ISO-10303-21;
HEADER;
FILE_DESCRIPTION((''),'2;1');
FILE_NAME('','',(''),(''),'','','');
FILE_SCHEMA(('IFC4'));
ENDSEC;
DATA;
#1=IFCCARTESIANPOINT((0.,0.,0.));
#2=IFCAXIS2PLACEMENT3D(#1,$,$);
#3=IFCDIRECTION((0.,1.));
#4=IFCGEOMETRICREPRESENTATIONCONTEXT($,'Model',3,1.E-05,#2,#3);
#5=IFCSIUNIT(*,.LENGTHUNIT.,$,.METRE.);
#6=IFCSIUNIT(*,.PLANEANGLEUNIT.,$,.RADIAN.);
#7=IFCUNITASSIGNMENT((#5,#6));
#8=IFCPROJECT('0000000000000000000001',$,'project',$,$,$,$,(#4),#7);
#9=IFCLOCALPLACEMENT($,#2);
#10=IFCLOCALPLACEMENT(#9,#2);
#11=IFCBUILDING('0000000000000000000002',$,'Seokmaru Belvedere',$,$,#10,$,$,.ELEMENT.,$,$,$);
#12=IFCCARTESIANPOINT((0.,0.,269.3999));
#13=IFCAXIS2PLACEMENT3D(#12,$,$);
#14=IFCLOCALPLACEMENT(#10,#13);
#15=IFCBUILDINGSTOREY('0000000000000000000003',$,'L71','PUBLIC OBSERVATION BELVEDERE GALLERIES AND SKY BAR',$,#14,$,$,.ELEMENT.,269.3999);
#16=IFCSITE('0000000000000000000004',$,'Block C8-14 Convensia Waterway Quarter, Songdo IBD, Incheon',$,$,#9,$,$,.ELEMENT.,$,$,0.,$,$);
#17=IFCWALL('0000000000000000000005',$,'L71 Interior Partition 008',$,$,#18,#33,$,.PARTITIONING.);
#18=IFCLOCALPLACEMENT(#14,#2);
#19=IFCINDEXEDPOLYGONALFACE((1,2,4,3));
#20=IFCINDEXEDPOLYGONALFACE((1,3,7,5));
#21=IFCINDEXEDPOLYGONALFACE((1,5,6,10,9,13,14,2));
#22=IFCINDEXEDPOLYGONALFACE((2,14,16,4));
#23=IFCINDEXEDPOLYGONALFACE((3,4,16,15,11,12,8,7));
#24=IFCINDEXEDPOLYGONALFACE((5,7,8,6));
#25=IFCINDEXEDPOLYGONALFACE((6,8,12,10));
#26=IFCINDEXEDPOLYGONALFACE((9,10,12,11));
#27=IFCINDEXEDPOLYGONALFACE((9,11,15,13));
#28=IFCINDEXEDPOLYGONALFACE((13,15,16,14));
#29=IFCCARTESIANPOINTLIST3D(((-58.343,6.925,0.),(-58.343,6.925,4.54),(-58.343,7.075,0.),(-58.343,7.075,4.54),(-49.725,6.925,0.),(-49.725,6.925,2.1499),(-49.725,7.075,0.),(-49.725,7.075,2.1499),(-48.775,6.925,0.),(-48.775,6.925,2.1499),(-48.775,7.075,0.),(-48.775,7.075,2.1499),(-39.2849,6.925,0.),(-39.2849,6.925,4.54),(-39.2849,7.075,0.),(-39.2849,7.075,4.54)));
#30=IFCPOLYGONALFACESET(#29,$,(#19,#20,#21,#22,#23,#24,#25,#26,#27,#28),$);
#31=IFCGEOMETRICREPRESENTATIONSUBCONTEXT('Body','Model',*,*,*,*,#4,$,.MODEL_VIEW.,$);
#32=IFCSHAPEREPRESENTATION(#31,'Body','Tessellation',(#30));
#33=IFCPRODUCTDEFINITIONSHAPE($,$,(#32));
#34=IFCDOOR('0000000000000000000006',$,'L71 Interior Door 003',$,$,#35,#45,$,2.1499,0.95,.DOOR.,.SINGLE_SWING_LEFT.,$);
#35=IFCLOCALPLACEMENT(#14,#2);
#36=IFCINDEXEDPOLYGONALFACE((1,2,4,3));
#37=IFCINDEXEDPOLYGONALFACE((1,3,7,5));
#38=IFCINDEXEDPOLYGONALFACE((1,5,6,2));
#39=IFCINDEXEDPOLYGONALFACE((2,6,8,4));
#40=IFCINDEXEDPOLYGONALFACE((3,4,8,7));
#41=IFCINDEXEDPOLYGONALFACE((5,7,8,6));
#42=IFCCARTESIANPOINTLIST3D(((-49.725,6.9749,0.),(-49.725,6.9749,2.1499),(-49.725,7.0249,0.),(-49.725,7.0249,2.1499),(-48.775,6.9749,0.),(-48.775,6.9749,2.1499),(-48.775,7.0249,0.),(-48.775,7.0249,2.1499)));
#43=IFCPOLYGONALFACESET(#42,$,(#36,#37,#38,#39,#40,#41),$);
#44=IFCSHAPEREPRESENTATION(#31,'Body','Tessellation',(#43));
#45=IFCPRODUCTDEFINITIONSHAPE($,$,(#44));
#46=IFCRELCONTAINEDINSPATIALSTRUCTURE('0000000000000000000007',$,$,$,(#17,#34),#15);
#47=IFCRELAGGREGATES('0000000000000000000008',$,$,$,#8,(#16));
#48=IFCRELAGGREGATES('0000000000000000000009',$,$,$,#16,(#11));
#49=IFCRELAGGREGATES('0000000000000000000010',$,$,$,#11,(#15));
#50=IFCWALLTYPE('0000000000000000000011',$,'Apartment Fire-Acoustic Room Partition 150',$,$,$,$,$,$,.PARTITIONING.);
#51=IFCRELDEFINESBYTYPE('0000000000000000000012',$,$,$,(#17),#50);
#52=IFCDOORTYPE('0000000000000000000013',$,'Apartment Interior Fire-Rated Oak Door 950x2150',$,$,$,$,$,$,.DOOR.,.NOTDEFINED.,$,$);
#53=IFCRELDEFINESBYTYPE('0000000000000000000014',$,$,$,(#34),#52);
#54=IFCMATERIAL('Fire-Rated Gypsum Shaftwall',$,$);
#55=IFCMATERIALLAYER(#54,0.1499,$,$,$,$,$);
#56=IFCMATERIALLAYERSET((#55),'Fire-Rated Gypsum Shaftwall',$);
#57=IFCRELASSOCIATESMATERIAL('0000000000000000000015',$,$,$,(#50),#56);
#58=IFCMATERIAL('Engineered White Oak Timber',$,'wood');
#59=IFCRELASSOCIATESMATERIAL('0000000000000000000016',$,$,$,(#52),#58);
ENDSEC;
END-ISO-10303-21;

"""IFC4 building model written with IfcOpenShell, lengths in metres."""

from ifc_helpers import new_model, si_unit, direction, frame, frame_2d, origin, place, context, subcontext, project, spatial, rectangle, extrude, source, transform, mapped, material, layer, layer_set, type_object, type_shapes, element, fill, save


model = new_model("IFC4")

# Units and contexts
model_context = context("Model", 3, precision=1e-05, world=origin(), true_north=direction((0.0, 1.0)))
body_context = subcontext(model_context, "Body", "Model", "MODEL_VIEW")
ifc_project = project(units=[si_unit("LENGTHUNIT", "METRE"), si_unit("PLANEANGLEUNIT", "RADIAN")], contexts=[model_context])

# Site, building, storey
site_placement = place(None, origin())
site = spatial("IfcSite", under=ifc_project, at=site_placement, Name="Block C8-14 Convensia Waterway Quarter, Songdo IBD, Incheon", CompositionType="ELEMENT", RefElevation=0.0)
building_placement = place(site_placement, origin())
building = spatial("IfcBuilding", under=site, at=building_placement, Name="Seokmaru Belvedere", CompositionType="ELEMENT")
storey_placement = place(building_placement, frame((0.0, 0.0, 269.3999)))
storey = spatial("IfcBuildingStorey", under=building, at=storey_placement, Name="L71", Description="PUBLIC OBSERVATION BELVEDERE GALLERIES AND SKY BAR", CompositionType="ELEMENT", Elevation=269.3999)

# Wall, opening, door
ifc_material_1 = material(Name="Fire-Rated Gypsum Shaftwall")
ifc_layer_1 = layer(ifc_material_1, 0.1499)
ifc_layer_set_1 = layer_set([ifc_layer_1], Name="Fire-Rated Gypsum Shaftwall")
wall_type = type_object("IfcWallType", Name="Apartment Fire-Acoustic Room Partition 150", PredefinedType="PARTITIONING", material=ifc_layer_set_1)
wall_placement = place(storey_placement, frame((-58.343, 7.0, 0.0), z_axis=(0.0, 0.0, 1.0), x_axis=(1.0, 0.0, 0.0)))
wall = element("IfcWall", 1, at=wall_placement, inside=storey, type_object=wall_type, Name="L71 Interior Partition 008", PredefinedType="PARTITIONING", context=body_context, shape_type="SweptSolid", body=[
    extrude(rectangle(XDim=19.0581, YDim=0.1499, at=frame_2d((9.5291, 0.0))), origin(), (0.0, 0.0, 1.0), 4.54),
])
opening_placement = place(wall_placement, frame((8.6179, 0.0, 0.0)))
opening = element("IfcOpeningElement", 2, at=opening_placement, cuts=wall, PredefinedType="OPENING", context=body_context, shape_type="SweptSolid", body=[
    extrude(rectangle(XDim=0.95, YDim=2.1499, at=frame_2d((0.4751, 1.075))), frame((0.0, 0.085, 0.0), z_axis=(0.0, -1.0, 0.0), x_axis=(1.0, 0.0, 0.0)), (0.0, 0.0, 1.0), 0.1699),
])
ifc_material_2 = material(Name="Engineered White Oak Timber", Category="wood")
door_type = type_object("IfcDoorType", Name="Apartment Interior Fire-Rated Oak Door 950x2150", OperationType="NOTDEFINED", PredefinedType="DOOR", material=ifc_material_2)
shared_shape_1 = source(origin(), body_context, "Body", "SweptSolid", [
    extrude(rectangle(XDim=0.95, YDim=2.1499, at=frame_2d((0.4751, 1.075))), frame((0.0, 0.0249, 0.0), z_axis=(0.0, -1.0, 0.0), x_axis=(1.0, 0.0, 0.0)), (0.0, 0.0, 1.0), 0.05),
])
type_shapes(door_type, [shared_shape_1])
door_placement = place(opening_placement, origin())
door = element("IfcDoor", 3, at=door_placement, inside=storey, type_object=door_type, Name="L71 Interior Door 003", OperationType="SINGLE_SWING_LEFT", OverallHeight=2.1499, OverallWidth=0.95, PredefinedType="DOOR", context=body_context, shape_type="MappedRepresentation", body=[
    mapped(shared_shape_1, transform((0.0, 0.0, 0.0), scale=1.0)),
])
fill(opening, door)

save(model, "model.ifc")
